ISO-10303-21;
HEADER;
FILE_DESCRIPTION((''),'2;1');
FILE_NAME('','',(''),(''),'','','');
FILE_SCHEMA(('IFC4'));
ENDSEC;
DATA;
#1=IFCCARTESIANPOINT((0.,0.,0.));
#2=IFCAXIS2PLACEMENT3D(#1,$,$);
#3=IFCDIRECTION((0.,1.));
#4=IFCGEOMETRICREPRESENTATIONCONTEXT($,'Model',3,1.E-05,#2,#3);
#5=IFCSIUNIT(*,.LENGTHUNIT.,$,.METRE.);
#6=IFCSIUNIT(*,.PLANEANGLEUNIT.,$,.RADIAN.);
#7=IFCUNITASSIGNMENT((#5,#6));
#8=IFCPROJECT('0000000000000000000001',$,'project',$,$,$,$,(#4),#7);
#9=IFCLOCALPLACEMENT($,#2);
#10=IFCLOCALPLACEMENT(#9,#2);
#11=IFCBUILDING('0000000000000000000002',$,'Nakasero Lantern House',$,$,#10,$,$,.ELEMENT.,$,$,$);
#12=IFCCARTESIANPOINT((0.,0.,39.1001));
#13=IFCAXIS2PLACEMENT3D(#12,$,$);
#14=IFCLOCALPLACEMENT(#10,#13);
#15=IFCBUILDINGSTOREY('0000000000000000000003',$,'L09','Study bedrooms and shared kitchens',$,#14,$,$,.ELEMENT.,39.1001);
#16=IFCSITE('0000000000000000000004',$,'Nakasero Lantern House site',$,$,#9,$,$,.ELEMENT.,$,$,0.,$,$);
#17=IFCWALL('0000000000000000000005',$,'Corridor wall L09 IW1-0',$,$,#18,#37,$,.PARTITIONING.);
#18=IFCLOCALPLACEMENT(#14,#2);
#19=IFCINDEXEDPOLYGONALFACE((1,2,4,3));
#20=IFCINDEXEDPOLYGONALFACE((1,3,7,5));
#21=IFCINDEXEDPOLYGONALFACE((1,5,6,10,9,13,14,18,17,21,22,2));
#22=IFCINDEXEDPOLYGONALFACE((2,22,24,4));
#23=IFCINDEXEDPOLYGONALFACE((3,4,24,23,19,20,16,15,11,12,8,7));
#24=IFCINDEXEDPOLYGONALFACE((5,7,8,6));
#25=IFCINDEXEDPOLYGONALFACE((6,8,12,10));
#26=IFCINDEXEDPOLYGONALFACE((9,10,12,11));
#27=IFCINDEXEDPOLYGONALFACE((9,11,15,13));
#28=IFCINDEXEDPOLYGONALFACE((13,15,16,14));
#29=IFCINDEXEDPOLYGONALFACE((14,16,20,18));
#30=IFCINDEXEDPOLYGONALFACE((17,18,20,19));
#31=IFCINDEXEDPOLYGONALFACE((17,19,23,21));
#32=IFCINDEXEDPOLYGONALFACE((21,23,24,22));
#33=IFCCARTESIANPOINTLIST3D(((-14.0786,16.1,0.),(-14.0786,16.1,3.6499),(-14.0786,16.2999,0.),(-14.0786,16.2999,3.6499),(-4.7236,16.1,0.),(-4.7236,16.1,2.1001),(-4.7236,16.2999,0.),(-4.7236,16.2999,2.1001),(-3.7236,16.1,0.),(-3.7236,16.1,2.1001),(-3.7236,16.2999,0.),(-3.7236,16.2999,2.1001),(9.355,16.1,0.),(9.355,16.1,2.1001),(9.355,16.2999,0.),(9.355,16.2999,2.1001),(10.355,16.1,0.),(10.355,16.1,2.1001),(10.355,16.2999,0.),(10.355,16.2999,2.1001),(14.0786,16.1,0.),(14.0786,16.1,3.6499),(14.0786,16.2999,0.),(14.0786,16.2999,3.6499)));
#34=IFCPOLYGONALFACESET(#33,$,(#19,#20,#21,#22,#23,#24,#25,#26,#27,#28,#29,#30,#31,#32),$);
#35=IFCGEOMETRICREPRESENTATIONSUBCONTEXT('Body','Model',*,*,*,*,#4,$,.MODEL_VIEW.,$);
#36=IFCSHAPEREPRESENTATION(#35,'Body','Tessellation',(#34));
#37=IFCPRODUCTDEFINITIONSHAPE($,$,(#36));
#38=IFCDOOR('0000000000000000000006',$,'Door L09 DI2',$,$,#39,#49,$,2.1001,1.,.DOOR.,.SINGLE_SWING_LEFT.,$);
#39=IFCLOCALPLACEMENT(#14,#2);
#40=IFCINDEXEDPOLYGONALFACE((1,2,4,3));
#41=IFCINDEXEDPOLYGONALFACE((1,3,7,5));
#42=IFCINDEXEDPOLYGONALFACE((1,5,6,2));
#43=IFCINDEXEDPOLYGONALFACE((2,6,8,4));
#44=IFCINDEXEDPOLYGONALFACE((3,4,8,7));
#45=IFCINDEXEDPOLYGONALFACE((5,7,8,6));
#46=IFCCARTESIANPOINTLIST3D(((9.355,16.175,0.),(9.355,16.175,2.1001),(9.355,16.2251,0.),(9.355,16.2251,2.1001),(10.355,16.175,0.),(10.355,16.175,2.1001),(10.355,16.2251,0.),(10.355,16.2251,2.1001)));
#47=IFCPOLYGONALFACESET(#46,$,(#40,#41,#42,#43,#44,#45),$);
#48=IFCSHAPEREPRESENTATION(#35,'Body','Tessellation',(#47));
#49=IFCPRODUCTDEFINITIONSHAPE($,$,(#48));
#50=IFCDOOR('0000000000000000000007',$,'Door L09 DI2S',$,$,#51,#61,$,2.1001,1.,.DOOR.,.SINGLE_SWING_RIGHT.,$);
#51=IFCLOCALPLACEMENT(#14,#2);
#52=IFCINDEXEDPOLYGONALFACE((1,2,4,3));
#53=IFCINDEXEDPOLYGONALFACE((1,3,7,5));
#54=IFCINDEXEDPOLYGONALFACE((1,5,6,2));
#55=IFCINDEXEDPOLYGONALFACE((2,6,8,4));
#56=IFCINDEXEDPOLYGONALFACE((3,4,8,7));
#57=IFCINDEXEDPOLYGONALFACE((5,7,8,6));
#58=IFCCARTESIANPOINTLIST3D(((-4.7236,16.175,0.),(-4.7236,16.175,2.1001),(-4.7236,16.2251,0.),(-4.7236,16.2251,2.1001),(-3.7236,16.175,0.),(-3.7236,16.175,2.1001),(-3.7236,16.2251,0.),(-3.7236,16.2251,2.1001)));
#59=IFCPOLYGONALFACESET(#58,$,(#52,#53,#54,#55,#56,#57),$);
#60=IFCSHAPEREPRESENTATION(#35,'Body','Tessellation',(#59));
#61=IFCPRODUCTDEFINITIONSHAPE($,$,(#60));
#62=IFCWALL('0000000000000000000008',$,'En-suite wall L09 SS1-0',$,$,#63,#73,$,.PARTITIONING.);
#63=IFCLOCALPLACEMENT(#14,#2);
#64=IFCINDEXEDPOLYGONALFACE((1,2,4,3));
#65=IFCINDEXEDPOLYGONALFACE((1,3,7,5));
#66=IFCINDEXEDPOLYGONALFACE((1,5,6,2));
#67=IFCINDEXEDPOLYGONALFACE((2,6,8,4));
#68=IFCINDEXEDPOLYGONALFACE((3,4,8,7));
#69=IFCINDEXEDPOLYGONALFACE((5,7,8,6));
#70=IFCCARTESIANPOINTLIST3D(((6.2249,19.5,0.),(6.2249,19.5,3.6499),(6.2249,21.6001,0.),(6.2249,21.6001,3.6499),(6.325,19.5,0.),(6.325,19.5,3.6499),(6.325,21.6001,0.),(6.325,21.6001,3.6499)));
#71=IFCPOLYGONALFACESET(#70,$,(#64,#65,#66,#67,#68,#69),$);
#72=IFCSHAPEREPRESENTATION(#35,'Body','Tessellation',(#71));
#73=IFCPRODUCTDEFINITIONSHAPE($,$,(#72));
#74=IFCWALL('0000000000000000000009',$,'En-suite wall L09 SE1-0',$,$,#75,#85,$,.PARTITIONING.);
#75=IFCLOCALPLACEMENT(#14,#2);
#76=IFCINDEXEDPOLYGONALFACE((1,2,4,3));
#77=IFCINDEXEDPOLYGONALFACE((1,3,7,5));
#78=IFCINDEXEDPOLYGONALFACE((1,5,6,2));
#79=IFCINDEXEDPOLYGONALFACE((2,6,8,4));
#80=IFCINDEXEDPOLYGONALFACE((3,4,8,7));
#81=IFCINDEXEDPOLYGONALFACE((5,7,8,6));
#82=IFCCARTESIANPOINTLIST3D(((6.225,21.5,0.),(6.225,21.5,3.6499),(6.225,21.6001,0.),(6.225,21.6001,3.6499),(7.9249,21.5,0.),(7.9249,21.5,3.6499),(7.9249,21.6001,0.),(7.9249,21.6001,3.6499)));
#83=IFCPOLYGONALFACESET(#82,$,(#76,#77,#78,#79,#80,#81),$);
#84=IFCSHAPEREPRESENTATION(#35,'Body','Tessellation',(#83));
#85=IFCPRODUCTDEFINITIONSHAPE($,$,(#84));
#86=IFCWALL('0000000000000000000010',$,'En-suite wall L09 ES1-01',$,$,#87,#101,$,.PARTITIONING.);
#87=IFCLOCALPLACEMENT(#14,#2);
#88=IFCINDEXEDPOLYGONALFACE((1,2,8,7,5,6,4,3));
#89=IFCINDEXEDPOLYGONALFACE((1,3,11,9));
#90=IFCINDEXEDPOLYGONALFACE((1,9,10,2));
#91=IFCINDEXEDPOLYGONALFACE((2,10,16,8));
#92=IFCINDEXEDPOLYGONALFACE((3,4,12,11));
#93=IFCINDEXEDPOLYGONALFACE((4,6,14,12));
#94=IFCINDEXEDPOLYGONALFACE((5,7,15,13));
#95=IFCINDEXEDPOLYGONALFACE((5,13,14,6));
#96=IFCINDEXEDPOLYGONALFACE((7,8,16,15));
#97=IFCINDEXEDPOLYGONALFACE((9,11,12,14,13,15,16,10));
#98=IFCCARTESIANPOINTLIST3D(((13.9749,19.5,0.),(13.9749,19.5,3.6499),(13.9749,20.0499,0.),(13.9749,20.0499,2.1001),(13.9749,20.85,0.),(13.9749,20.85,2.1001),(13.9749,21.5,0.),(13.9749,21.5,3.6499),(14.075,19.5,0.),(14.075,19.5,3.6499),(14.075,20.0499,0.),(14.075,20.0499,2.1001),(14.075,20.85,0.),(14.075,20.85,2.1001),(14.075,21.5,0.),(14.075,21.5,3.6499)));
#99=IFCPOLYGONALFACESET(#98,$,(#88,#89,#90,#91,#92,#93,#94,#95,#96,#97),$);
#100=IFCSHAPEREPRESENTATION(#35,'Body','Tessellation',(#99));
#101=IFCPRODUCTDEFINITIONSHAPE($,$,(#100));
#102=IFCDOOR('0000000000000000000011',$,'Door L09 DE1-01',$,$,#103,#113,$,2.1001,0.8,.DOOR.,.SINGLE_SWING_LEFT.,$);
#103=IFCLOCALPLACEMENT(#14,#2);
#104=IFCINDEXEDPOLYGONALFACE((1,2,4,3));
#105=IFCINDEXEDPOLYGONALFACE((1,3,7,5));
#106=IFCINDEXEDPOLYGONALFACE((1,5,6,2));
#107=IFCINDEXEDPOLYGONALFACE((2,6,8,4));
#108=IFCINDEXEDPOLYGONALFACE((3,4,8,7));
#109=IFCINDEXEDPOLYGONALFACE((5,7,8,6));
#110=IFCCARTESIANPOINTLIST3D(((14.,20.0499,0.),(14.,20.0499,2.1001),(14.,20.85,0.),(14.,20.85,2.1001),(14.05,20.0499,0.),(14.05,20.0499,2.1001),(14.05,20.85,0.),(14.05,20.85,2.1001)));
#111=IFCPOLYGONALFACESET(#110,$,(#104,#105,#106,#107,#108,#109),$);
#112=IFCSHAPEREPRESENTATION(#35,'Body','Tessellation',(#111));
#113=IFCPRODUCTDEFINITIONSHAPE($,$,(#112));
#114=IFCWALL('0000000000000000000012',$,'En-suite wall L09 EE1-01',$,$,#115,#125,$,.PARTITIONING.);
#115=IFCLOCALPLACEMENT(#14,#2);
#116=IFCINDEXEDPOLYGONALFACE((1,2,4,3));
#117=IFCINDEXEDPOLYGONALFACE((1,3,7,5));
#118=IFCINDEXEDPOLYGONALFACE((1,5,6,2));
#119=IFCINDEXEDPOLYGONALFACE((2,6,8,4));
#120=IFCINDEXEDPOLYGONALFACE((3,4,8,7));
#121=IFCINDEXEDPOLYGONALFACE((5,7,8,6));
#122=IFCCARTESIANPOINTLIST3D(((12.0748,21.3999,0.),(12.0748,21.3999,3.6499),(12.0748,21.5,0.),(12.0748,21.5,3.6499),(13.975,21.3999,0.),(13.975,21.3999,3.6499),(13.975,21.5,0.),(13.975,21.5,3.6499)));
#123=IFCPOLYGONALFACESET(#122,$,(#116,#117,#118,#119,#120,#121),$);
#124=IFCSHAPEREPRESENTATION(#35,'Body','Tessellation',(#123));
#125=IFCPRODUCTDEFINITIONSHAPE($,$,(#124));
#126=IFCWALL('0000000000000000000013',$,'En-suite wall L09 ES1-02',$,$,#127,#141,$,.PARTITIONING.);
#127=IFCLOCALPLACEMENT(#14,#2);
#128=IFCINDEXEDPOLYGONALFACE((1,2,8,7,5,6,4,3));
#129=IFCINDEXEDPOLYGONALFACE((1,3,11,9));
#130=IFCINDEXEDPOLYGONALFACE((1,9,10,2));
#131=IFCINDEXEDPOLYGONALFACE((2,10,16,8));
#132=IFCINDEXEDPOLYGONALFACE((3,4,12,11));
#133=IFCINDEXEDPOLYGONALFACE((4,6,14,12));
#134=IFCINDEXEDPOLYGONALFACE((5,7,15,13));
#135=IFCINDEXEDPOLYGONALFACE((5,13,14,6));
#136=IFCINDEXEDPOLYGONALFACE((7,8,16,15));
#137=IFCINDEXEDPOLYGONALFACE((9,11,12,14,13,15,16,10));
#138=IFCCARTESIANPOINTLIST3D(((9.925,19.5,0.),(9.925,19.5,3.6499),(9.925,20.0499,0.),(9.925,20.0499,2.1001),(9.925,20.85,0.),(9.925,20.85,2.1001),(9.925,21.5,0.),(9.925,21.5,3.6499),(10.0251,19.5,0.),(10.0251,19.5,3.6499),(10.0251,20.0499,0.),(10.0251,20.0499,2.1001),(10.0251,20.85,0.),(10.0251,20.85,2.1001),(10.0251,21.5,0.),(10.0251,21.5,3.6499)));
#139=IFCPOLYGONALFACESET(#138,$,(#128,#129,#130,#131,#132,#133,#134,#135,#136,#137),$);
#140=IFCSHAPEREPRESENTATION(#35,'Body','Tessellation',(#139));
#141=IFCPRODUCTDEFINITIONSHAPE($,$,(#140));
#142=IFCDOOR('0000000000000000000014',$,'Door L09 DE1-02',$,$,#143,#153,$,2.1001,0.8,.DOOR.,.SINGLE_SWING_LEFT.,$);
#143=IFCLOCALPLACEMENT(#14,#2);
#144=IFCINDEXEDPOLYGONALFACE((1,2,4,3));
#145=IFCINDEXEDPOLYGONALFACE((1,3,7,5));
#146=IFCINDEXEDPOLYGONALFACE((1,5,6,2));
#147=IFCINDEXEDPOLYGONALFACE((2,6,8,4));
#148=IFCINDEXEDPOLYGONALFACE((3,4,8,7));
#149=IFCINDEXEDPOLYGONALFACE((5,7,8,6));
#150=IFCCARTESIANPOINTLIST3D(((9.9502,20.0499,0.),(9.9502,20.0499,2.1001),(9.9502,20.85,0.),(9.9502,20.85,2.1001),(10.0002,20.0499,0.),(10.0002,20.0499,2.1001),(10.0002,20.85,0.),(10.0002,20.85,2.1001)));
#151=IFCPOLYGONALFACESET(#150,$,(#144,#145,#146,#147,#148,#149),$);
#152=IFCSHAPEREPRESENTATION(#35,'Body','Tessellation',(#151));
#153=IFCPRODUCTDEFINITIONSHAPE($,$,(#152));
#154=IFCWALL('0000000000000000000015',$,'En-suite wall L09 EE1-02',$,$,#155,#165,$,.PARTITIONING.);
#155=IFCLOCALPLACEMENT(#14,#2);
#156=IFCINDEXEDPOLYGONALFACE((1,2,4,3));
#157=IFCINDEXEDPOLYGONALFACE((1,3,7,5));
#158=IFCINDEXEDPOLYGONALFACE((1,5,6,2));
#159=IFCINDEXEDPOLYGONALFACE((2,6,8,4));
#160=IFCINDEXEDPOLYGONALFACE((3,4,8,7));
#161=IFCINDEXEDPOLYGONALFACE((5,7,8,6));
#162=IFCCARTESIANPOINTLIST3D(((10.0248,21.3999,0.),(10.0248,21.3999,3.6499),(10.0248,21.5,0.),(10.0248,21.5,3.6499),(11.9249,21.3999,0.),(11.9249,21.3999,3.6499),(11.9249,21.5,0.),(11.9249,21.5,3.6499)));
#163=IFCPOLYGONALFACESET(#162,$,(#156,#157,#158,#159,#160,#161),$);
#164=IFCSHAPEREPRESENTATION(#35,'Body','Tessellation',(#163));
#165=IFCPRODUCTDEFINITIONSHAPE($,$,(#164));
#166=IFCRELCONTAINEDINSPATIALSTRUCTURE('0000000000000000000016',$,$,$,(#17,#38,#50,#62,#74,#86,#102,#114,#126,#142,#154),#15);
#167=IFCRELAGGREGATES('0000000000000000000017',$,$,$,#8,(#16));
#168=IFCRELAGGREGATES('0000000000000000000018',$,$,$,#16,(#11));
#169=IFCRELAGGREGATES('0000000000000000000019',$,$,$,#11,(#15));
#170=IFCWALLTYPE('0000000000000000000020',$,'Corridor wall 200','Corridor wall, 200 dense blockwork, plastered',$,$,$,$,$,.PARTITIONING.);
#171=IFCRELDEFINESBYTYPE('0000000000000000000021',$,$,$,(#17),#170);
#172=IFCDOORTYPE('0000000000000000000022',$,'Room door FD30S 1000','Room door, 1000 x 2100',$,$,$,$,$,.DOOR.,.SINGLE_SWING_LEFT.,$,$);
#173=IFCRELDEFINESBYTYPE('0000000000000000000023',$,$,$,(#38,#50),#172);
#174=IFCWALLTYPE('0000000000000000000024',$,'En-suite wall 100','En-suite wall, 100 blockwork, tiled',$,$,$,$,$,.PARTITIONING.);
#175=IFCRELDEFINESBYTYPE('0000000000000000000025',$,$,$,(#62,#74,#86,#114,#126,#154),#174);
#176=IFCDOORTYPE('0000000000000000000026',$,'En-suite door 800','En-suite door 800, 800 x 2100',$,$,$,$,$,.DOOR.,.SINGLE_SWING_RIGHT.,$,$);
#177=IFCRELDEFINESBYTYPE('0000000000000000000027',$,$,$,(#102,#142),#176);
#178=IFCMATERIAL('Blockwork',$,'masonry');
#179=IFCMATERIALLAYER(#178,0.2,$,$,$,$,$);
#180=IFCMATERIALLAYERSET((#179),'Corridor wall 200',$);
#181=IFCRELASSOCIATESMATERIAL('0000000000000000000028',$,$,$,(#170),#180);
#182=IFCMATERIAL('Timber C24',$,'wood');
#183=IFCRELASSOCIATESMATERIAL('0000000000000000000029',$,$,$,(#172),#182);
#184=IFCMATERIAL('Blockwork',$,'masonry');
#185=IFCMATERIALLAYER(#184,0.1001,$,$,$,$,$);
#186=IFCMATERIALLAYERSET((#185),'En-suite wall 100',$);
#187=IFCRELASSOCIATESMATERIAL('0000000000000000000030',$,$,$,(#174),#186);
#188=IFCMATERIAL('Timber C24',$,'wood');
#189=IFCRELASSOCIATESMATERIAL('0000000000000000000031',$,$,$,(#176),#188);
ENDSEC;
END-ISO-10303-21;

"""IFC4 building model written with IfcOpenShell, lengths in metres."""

from ifc_helpers import new_model, si_unit, direction, frame, frame_2d, origin, place, context, subcontext, project, spatial, rectangle, extrude, material, layer, layer_set, type_object, element, fill, save


model = new_model("IFC4")

# Units and contexts
model_context = context("Model", 3, precision=1e-05, world=origin(), true_north=direction((0.0, 1.0)))
body_context = subcontext(model_context, "Body", "Model", "MODEL_VIEW")
ifc_project = project(units=[si_unit("LENGTHUNIT", "METRE"), si_unit("PLANEANGLEUNIT", "RADIAN")], contexts=[model_context])

# Site, building, storey
site_placement = place(None, origin())
site = spatial("IfcSite", under=ifc_project, at=site_placement, Name="Nakasero Lantern House site", CompositionType="ELEMENT", RefElevation=0.0)
building_placement = place(site_placement, origin())
building = spatial("IfcBuilding", under=site, at=building_placement, Name="Nakasero Lantern House", CompositionType="ELEMENT")
storey_placement = place(building_placement, frame((0.0, 0.0, 39.1001)))
storey = spatial("IfcBuildingStorey", under=building, at=storey_placement, Name="L09", Description="Study bedrooms and shared kitchens", CompositionType="ELEMENT", Elevation=39.1001)

# Wall, openings, doors
ifc_material_1 = material(Name="Blockwork", Category="masonry")
ifc_layer_1 = layer(ifc_material_1, 0.2)
ifc_layer_set_1 = layer_set([ifc_layer_1], Name="Corridor wall 200")
wall_type_1 = type_object("IfcWallType", Name="Corridor wall 200", Description="Corridor wall, 200 dense blockwork, plastered", PredefinedType="PARTITIONING", material=ifc_layer_set_1)
wall_1_placement = place(storey_placement, frame((14.0786, 16.2, 0.0), z_axis=(0.0, 0.0, 1.0), x_axis=(-1.0, 0.0, 0.0)))
wall_1 = element("IfcWall", 1, at=wall_1_placement, inside=storey, type_object=wall_type_1, Name="Corridor wall L09 IW1-0", PredefinedType="PARTITIONING", context=body_context, shape_type="SweptSolid", body=[
    extrude(rectangle(XDim=28.1572, YDim=0.2, at=frame_2d((14.0786, 0.0))), origin(), (0.0, 0.0, 1.0), 3.6499),
])
opening_1_placement = place(wall_1_placement, frame((3.7236, 0.0, 0.0)))
opening_1 = element("IfcOpeningElement", 2, at=opening_1_placement, cuts=wall_1, PredefinedType="OPENING", context=body_context, shape_type="SweptSolid", body=[
    extrude(rectangle(XDim=1.0, YDim=2.1001, at=frame_2d((0.5, 1.05))), frame((0.0, 0.1199, 0.0), z_axis=(0.0, -1.0, 0.0), x_axis=(1.0, 0.0, 0.0)), (0.0, 0.0, 1.0), 0.24),
])
opening_2_placement = place(wall_1_placement, frame((17.8022, 0.0, 0.0)))
opening_2 = element("IfcOpeningElement", 3, at=opening_2_placement, cuts=wall_1, PredefinedType="OPENING", context=body_context, shape_type="SweptSolid", body=[
    extrude(rectangle(XDim=1.0, YDim=2.1001, at=frame_2d((0.5, 1.05))), frame((0.0, 0.1199, 0.0), z_axis=(0.0, -1.0, 0.0), x_axis=(1.0, 0.0, 0.0)), (0.0, 0.0, 1.0), 0.24),
])
ifc_material_2 = material(Name="Timber C24", Category="wood")
door_type_1 = type_object("IfcDoorType", Name="Room door FD30S 1000", Description="Room door, 1000 x 2100", OperationType="SINGLE_SWING_LEFT", PredefinedType="DOOR", material=ifc_material_2)
door_1_placement = place(opening_1_placement, origin())
door_1 = element("IfcDoor", 4, at=door_1_placement, inside=storey, type_object=door_type_1, Name="Door L09 DI2", OperationType="SINGLE_SWING_LEFT", OverallHeight=2.1001, OverallWidth=1.0, PredefinedType="DOOR", context=body_context, shape_type="SweptSolid", body=[
    extrude(rectangle(XDim=1.0, YDim=2.1001, at=frame_2d((0.5, 1.05))), frame((0.0, 0.0249, 0.0), z_axis=(0.0, -1.0, 0.0), x_axis=(1.0, 0.0, 0.0)), (0.0, 0.0, 1.0), 0.05),
])
fill(opening_1, door_1)
door_2_placement = place(opening_2_placement, origin())
door_2 = element("IfcDoor", 5, at=door_2_placement, inside=storey, type_object=door_type_1, Name="Door L09 DI2S", OperationType="SINGLE_SWING_RIGHT", OverallHeight=2.1001, OverallWidth=1.0, PredefinedType="DOOR", context=body_context, shape_type="SweptSolid", body=[
    extrude(rectangle(XDim=1.0, YDim=2.1001, at=frame_2d((0.5, 1.05))), frame((0.0, 0.0249, 0.0), z_axis=(0.0, -1.0, 0.0), x_axis=(1.0, 0.0, 0.0)), (0.0, 0.0, 1.0), 0.05),
])
fill(opening_2, door_2)

# Walls
ifc_material_3 = material(Name="Blockwork", Category="masonry")
ifc_layer_2 = layer(ifc_material_3, 0.1001)
ifc_layer_set_2 = layer_set([ifc_layer_2], Name="En-suite wall 100")
wall_type_2 = type_object("IfcWallType", Name="En-suite wall 100", Description="En-suite wall, 100 blockwork, tiled", PredefinedType="PARTITIONING", material=ifc_layer_set_2)
wall_2_placement = place(storey_placement, frame((6.2749, 19.5, 0.0), z_axis=(0.0, 0.0, 1.0), x_axis=(0.0, 1.0, 0.0)))
element("IfcWall", 6, at=wall_2_placement, inside=storey, type_object=wall_type_2, Name="En-suite wall L09 SS1-0", PredefinedType="PARTITIONING", context=body_context, shape_type="SweptSolid", body=[
    extrude(rectangle(XDim=2.1001, YDim=0.1001, at=frame_2d((1.05, 0.0))), origin(), (0.0, 0.0, 1.0), 3.6499),
])
wall_3_placement = place(storey_placement, frame((7.925, 21.55, 0.0), z_axis=(0.0, 0.0, 1.0), x_axis=(-1.0, 0.0, 0.0)))
element("IfcWall", 7, at=wall_3_placement, inside=storey, type_object=wall_type_2, Name="En-suite wall L09 SE1-0", PredefinedType="PARTITIONING", context=body_context, shape_type="SweptSolid", body=[
    extrude(rectangle(XDim=1.7, YDim=0.1001, at=frame_2d((0.8501, 0.0))), origin(), (0.0, 0.0, 1.0), 3.6499),
])

# Wall, opening, door
wall_4_placement = place(storey_placement, frame((14.0249, 19.5, 0.0), z_axis=(0.0, 0.0, 1.0), x_axis=(0.0, 1.0, 0.0)))
wall_4 = element("IfcWall", 8, at=wall_4_placement, inside=storey, type_object=wall_type_2, Name="En-suite wall L09 ES1-01", PredefinedType="PARTITIONING", context=body_context, shape_type="SweptSolid", body=[
    extrude(rectangle(XDim=2.0, YDim=0.1001, at=frame_2d((1.0, 0.0))), origin(), (0.0, 0.0, 1.0), 3.6499),
])
opening_3_placement = place(wall_4_placement, frame((0.55, 0.0, 0.0)))
opening_3 = element("IfcOpeningElement", 9, at=opening_3_placement, cuts=wall_4, PredefinedType="OPENING", context=body_context, shape_type="SweptSolid", body=[
    extrude(rectangle(XDim=0.8, YDim=2.1001, at=frame_2d((0.3999, 1.05))), frame((0.0, 0.0701, 0.0), z_axis=(0.0, -1.0, 0.0), x_axis=(1.0, 0.0, 0.0)), (0.0, 0.0, 1.0), 0.1401),
])
ifc_material_4 = material(Name="Timber C24", Category="wood")
door_type_2 = type_object("IfcDoorType", Name="En-suite door 800", Description="En-suite door 800, 800 x 2100", OperationType="SINGLE_SWING_RIGHT", PredefinedType="DOOR", material=ifc_material_4)
door_3_placement = place(opening_3_placement, origin())
door_3 = element("IfcDoor", 10, at=door_3_placement, inside=storey, type_object=door_type_2, Name="Door L09 DE1-01", OperationType="SINGLE_SWING_LEFT", OverallHeight=2.1001, OverallWidth=0.8, PredefinedType="DOOR", context=body_context, shape_type="SweptSolid", body=[
    extrude(rectangle(XDim=0.8, YDim=2.1001, at=frame_2d((0.3999, 1.05))), frame((0.0, 0.0249, 0.0), z_axis=(0.0, -1.0, 0.0), x_axis=(1.0, 0.0, 0.0)), (0.0, 0.0, 1.0), 0.05),
])
fill(opening_3, door_3)

# Wall
wall_5_placement = place(storey_placement, frame((13.9751, 21.45, 0.0), z_axis=(0.0, 0.0, 1.0), x_axis=(-1.0, 0.0, 0.0)))
element("IfcWall", 11, at=wall_5_placement, inside=storey, type_object=wall_type_2, Name="En-suite wall L09 EE1-01", PredefinedType="PARTITIONING", context=body_context, shape_type="SweptSolid", body=[
    extrude(rectangle(XDim=1.9001, YDim=0.1001, at=frame_2d((0.9502, 0.0))), origin(), (0.0, 0.0, 1.0), 3.6499),
])

# Wall, opening, door
wall_6_placement = place(storey_placement, frame((9.9751, 19.5, 0.0), z_axis=(0.0, 0.0, 1.0), x_axis=(0.0, 1.0, 0.0)))
wall_6 = element("IfcWall", 12, at=wall_6_placement, inside=storey, type_object=wall_type_2, Name="En-suite wall L09 ES1-02", PredefinedType="PARTITIONING", context=body_context, shape_type="SweptSolid", body=[
    extrude(rectangle(XDim=2.0, YDim=0.1001, at=frame_2d((1.0, 0.0))), origin(), (0.0, 0.0, 1.0), 3.6499),
])
opening_4_placement = place(wall_6_placement, frame((0.55, 0.0, 0.0)))
opening_4 = element("IfcOpeningElement", 13, at=opening_4_placement, cuts=wall_6, PredefinedType="OPENING", context=body_context, shape_type="SweptSolid", body=[
    extrude(rectangle(XDim=0.8, YDim=2.1001, at=frame_2d((0.3999, 1.05))), frame((0.0, 0.0701, 0.0), z_axis=(0.0, -1.0, 0.0), x_axis=(1.0, 0.0, 0.0)), (0.0, 0.0, 1.0), 0.1401),
])
door_4_placement = place(opening_4_placement, origin())
door_4 = element("IfcDoor", 14, at=door_4_placement, inside=storey, type_object=door_type_2, Name="Door L09 DE1-02", OperationType="SINGLE_SWING_LEFT", OverallHeight=2.1001, OverallWidth=0.8, PredefinedType="DOOR", context=body_context, shape_type="SweptSolid", body=[
    extrude(rectangle(XDim=0.8, YDim=2.1001, at=frame_2d((0.3999, 1.05))), frame((0.0, 0.0249, 0.0), z_axis=(0.0, -1.0, 0.0), x_axis=(1.0, 0.0, 0.0)), (0.0, 0.0, 1.0), 0.05),
])
fill(opening_4, door_4)

# Wall
wall_7_placement = place(storey_placement, frame((11.925, 21.45, 0.0), z_axis=(0.0, 0.0, 1.0), x_axis=(-1.0, 0.0, 0.0)))
element("IfcWall", 15, at=wall_7_placement, inside=storey, type_object=wall_type_2, Name="En-suite wall L09 EE1-02", PredefinedType="PARTITIONING", context=body_context, shape_type="SweptSolid", body=[
    extrude(rectangle(XDim=1.9001, YDim=0.1001, at=frame_2d((0.9502, 0.0))), origin(), (0.0, 0.0, 1.0), 3.6499),
])

save(model, "model.ifc")
